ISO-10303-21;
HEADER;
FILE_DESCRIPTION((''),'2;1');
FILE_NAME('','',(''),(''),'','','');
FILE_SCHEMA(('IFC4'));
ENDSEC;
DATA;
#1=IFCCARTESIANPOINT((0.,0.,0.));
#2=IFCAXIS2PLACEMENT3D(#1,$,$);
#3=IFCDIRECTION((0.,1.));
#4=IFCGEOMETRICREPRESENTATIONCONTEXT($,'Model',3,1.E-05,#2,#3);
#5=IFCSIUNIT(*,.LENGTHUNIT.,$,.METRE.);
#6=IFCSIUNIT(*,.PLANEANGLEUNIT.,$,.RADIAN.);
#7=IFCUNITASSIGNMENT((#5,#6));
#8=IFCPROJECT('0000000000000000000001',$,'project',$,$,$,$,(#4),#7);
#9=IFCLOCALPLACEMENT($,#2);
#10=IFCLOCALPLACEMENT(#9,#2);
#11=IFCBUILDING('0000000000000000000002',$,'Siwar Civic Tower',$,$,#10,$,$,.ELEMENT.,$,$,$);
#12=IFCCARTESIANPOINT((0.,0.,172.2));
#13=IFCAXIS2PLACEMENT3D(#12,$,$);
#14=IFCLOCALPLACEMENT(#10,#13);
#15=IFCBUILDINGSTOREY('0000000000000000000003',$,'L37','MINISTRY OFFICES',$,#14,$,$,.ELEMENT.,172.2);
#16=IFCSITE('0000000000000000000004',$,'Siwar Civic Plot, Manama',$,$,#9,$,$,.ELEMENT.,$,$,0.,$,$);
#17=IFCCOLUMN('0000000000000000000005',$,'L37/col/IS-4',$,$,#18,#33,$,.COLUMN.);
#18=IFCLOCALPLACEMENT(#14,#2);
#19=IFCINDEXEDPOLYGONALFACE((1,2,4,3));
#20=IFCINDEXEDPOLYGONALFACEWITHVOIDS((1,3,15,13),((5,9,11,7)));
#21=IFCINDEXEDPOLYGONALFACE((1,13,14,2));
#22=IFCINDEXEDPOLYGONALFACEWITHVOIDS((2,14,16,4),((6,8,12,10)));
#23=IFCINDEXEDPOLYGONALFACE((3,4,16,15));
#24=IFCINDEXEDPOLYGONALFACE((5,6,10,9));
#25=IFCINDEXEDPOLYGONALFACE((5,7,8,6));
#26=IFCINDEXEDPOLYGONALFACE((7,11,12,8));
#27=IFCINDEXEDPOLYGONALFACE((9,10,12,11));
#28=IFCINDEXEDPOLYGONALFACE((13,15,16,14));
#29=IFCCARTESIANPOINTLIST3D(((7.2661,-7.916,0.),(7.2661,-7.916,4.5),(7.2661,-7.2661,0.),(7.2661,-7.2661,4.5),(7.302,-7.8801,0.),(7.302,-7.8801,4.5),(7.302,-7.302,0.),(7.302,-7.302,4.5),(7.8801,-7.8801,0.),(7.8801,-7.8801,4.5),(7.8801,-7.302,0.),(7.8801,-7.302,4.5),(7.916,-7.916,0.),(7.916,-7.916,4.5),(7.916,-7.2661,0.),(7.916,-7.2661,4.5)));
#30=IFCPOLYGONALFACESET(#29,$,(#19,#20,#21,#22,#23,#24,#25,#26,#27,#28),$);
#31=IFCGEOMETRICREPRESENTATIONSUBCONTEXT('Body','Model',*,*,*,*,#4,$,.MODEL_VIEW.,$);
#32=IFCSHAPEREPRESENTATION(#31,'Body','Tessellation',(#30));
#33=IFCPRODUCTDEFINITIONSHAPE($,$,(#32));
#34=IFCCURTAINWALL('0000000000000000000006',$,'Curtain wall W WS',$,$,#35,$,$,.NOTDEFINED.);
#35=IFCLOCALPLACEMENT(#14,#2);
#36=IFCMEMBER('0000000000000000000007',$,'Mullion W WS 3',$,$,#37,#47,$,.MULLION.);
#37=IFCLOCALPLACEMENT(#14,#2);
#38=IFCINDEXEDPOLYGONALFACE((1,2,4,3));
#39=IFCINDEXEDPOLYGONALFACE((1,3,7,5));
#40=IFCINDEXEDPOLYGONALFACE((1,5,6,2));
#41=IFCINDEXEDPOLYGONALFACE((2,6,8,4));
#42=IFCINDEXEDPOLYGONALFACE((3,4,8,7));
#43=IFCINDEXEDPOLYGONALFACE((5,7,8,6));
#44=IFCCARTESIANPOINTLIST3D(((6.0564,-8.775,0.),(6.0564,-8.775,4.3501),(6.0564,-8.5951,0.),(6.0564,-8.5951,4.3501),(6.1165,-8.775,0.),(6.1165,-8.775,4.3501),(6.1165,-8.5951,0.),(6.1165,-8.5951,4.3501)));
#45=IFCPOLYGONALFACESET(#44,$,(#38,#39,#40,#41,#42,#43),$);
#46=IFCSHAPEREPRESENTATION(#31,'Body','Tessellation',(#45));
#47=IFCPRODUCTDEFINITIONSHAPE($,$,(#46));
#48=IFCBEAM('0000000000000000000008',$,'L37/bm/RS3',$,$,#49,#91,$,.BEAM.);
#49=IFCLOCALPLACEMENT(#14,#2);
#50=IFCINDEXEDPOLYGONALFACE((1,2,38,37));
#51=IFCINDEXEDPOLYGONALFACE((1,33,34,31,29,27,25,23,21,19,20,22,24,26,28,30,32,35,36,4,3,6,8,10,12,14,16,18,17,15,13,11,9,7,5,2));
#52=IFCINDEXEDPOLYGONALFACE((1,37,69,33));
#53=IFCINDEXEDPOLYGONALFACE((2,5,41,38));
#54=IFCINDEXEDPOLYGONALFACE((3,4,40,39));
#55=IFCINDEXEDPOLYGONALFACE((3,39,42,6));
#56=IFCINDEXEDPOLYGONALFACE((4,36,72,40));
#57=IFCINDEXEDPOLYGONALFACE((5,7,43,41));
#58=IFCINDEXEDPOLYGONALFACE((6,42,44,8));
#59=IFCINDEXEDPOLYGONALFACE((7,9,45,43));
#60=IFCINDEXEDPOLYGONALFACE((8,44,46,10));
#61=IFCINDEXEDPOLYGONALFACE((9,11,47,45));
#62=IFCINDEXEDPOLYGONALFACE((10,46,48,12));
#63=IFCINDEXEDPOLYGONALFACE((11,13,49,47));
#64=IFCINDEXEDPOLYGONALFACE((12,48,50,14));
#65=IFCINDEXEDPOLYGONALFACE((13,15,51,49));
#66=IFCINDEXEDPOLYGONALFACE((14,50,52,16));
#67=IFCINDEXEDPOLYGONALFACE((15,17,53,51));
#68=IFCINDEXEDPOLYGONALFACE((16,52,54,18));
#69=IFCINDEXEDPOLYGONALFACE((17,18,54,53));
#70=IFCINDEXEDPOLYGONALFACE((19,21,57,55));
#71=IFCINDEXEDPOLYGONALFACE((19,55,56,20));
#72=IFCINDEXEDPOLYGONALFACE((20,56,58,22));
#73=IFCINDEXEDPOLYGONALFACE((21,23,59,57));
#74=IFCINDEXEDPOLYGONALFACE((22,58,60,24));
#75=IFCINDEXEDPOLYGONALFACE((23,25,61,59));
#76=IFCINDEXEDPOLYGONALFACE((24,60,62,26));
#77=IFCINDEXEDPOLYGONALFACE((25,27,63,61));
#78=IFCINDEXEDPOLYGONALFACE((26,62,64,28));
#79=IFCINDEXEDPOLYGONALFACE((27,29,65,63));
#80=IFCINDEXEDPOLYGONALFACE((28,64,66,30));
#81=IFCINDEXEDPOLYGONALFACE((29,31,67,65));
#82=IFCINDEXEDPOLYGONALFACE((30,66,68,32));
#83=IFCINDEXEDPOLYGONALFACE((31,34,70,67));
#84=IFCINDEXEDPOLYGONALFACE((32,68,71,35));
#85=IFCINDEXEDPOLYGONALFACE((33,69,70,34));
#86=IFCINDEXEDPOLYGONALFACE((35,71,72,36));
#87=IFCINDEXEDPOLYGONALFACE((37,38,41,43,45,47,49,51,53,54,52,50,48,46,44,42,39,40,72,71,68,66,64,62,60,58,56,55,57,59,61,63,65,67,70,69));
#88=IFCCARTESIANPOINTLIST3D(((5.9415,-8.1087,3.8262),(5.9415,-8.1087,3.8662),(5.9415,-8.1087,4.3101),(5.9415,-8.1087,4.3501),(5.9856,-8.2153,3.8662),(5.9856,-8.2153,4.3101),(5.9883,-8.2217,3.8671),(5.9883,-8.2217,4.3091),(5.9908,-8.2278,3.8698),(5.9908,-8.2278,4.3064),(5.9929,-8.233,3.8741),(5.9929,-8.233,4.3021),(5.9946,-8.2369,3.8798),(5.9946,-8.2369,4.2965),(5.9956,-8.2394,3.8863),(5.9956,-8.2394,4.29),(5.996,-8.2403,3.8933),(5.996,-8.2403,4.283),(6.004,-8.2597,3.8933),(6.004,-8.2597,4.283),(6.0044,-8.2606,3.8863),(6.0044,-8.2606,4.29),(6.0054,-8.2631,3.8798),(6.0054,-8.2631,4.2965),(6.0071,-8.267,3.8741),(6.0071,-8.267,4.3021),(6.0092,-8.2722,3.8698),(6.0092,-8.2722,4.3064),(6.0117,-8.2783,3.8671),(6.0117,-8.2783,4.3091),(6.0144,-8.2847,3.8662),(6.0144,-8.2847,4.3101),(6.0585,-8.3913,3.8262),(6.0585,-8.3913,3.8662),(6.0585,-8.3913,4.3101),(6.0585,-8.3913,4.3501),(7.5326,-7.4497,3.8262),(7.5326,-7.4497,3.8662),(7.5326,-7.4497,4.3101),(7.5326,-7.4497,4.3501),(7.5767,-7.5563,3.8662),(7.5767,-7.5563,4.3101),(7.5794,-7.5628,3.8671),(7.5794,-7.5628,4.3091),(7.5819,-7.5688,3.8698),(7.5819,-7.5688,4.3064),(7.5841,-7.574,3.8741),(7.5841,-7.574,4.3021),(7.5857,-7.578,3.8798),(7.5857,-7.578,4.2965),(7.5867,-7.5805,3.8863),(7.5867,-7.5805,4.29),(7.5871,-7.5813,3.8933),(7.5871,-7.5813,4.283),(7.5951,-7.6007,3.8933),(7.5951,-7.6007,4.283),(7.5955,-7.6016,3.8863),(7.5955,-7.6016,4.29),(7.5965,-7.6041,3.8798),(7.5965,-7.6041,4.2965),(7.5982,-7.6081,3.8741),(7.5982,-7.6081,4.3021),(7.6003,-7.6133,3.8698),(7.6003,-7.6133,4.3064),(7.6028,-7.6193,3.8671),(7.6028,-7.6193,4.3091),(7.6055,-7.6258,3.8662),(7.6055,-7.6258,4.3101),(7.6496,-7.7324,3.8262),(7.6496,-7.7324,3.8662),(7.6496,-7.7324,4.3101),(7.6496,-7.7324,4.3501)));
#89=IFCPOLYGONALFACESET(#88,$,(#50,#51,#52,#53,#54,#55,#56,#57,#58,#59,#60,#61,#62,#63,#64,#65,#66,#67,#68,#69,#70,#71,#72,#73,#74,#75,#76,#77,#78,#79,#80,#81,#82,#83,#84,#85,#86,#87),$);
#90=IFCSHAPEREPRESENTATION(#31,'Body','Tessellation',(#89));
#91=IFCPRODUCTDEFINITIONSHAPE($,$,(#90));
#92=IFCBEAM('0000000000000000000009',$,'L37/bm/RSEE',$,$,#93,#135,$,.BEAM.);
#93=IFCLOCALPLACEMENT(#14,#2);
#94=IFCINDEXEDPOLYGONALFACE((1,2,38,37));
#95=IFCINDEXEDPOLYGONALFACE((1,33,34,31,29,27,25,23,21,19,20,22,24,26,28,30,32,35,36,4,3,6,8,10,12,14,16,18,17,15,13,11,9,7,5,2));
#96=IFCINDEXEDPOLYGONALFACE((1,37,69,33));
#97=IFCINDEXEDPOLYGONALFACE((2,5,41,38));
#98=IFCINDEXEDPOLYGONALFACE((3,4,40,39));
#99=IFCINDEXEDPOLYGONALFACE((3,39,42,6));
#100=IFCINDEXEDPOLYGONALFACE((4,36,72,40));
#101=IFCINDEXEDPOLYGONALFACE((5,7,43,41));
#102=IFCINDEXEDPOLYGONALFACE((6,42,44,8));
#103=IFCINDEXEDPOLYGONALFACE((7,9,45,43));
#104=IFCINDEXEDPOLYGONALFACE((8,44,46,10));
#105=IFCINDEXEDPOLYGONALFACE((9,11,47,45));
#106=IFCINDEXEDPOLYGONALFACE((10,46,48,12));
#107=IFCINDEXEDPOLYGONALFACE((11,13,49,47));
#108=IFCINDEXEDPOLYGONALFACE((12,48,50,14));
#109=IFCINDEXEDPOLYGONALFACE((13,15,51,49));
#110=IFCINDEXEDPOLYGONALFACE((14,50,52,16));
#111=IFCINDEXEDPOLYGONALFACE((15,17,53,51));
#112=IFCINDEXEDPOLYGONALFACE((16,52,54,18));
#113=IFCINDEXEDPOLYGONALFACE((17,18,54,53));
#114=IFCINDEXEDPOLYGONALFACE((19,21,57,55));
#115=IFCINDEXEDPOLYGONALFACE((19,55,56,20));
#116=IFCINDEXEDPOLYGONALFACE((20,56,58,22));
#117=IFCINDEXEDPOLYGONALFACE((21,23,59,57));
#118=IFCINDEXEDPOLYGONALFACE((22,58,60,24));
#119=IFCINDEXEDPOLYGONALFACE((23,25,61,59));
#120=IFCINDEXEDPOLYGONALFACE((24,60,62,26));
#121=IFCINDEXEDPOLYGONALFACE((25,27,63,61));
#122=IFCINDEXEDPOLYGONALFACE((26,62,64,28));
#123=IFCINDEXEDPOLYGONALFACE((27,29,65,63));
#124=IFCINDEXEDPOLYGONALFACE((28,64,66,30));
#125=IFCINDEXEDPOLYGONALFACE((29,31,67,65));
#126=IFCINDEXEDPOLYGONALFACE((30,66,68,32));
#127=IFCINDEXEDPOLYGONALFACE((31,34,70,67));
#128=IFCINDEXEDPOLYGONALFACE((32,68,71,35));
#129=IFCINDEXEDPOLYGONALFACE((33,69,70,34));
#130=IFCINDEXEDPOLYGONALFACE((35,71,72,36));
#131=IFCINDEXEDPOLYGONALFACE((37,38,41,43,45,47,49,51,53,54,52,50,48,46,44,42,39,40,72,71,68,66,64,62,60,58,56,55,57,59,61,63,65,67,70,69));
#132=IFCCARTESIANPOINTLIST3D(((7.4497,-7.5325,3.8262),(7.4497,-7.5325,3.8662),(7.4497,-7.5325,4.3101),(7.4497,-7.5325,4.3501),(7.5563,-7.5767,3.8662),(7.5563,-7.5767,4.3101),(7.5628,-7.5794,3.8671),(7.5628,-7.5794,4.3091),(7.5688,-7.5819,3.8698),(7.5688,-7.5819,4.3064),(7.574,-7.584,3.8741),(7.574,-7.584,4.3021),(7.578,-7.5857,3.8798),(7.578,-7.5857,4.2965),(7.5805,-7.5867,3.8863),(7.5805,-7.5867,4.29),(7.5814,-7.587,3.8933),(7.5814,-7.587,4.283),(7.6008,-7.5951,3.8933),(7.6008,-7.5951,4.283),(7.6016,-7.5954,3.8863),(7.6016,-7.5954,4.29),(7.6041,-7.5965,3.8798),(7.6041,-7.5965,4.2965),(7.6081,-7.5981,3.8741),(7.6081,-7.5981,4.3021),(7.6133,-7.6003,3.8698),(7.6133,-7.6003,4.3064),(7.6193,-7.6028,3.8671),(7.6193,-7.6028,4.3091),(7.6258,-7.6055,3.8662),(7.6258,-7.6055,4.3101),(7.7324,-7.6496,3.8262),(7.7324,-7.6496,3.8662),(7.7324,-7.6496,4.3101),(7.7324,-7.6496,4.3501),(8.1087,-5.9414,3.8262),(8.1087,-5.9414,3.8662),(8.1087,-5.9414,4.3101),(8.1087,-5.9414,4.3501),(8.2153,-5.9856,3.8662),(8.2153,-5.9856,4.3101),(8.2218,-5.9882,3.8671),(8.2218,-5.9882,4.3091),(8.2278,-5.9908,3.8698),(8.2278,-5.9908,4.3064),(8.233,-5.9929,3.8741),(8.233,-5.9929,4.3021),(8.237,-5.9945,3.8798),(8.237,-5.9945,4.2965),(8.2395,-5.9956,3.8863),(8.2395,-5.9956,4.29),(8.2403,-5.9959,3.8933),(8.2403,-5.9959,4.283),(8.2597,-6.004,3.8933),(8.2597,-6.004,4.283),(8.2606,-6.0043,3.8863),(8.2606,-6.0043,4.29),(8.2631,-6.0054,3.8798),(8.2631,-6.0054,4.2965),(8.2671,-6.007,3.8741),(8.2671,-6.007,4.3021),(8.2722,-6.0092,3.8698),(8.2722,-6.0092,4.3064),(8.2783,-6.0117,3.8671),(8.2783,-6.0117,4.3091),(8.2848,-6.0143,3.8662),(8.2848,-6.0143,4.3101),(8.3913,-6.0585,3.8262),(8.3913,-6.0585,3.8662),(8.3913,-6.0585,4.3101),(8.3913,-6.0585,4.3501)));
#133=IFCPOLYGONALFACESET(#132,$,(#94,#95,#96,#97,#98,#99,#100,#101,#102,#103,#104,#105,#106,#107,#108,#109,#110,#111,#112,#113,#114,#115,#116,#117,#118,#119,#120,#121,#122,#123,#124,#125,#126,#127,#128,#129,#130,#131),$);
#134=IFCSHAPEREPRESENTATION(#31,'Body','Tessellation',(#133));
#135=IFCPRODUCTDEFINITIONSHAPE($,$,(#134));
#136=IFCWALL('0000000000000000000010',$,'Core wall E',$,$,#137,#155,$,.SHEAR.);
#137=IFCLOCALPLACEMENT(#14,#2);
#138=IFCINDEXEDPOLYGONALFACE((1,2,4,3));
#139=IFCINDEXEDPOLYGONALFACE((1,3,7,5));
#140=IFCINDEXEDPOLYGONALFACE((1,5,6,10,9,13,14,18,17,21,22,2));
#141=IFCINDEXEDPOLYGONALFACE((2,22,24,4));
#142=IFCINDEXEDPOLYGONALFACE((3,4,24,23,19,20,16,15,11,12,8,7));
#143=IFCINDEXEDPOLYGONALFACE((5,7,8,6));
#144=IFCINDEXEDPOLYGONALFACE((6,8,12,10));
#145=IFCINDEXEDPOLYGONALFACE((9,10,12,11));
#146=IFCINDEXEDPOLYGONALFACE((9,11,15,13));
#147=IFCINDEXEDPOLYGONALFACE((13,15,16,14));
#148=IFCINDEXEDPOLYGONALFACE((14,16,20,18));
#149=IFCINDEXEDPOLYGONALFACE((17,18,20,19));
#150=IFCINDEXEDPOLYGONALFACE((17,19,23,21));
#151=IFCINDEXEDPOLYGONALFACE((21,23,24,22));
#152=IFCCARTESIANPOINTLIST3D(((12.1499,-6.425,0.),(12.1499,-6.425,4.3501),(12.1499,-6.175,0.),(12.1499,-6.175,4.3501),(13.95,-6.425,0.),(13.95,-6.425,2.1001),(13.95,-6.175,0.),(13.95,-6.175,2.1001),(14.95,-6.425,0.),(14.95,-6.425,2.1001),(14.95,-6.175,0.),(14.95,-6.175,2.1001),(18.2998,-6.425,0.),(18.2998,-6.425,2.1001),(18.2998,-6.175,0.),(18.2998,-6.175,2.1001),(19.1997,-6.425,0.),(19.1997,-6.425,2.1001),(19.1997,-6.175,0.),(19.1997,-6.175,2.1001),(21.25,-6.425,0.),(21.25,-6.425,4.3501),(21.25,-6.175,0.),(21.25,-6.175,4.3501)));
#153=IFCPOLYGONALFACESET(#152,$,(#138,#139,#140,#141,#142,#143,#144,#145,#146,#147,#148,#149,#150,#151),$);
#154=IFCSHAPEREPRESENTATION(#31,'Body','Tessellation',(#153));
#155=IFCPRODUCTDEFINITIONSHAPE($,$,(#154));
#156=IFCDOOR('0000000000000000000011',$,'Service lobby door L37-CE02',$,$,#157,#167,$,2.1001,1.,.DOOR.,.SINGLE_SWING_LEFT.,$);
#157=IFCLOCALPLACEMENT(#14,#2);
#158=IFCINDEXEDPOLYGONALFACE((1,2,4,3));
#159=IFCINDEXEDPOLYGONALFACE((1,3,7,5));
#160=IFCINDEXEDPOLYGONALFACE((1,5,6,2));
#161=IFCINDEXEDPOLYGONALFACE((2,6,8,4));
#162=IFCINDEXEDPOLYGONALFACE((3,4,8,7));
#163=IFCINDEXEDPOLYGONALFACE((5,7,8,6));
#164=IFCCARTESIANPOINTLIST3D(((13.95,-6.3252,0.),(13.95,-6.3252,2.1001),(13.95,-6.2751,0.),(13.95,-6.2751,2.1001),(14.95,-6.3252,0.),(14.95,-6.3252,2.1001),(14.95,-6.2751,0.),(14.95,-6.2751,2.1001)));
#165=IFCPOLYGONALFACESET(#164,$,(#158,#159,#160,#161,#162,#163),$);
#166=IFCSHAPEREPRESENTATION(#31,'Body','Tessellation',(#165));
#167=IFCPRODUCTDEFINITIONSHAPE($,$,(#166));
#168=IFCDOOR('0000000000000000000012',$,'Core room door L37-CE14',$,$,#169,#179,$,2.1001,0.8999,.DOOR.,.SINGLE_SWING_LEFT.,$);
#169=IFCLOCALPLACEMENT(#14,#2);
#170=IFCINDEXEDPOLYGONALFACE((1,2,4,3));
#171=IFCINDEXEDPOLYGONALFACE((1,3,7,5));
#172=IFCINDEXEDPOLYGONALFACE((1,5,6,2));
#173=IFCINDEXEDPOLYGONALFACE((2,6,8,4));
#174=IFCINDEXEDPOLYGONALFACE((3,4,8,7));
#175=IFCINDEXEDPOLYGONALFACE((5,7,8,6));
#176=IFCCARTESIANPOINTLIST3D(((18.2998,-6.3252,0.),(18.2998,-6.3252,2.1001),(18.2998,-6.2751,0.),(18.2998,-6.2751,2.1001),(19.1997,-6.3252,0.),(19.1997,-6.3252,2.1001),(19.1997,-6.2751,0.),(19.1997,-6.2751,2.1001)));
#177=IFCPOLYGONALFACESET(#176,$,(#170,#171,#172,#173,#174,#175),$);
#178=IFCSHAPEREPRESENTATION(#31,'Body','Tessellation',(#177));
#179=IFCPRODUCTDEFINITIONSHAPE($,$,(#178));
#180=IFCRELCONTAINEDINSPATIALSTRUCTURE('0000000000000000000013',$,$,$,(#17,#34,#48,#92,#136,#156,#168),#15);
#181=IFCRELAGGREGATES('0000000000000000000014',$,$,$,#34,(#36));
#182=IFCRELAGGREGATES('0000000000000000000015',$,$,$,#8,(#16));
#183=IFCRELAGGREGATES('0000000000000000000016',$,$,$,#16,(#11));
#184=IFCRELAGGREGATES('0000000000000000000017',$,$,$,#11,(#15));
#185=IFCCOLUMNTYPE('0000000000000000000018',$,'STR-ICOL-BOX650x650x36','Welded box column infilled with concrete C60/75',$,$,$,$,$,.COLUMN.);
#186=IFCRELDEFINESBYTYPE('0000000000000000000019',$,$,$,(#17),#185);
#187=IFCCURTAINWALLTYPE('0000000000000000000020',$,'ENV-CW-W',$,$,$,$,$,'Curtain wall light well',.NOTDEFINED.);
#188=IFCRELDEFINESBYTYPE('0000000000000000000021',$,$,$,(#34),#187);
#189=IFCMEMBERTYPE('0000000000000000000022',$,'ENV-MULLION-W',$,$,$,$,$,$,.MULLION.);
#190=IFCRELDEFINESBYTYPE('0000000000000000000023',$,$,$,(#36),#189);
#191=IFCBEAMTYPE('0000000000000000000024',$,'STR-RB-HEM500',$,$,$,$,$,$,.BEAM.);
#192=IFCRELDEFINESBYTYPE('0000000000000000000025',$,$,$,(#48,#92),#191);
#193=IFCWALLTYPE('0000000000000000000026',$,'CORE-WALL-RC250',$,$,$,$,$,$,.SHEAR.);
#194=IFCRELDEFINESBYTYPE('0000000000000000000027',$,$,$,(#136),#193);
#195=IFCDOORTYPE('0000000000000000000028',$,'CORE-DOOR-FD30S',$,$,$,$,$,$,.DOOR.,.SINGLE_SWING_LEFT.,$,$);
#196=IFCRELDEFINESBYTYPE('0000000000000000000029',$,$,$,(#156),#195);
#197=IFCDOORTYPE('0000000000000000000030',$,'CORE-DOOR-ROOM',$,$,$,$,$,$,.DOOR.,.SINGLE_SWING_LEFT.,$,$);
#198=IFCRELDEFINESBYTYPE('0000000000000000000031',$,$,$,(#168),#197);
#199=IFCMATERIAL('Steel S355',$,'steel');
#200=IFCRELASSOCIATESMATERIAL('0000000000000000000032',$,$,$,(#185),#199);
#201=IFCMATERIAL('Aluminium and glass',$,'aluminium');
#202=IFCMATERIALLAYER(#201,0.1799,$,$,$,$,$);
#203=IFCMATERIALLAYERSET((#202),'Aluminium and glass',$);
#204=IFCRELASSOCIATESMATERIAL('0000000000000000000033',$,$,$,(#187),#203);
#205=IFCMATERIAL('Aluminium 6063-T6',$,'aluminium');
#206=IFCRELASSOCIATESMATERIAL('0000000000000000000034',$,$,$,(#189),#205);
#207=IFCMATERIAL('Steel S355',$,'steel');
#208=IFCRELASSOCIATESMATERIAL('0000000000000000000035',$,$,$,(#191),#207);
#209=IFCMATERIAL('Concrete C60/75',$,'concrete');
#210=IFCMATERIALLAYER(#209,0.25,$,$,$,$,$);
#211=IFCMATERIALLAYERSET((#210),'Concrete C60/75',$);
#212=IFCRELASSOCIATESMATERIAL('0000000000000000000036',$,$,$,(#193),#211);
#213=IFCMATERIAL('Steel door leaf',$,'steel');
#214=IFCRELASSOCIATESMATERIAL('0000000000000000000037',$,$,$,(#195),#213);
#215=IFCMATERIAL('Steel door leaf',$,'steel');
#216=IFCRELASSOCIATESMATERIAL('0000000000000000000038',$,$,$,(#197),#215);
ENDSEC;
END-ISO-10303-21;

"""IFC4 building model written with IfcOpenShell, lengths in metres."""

from ifc_helpers import new_model, si_unit, direction, frame, frame_2d, origin, origin_2d, place, context, subcontext, project, spatial, rectangle, hollow_rectangle, i_section, extrude, material, layer, layer_set, material_profile, profile_set, type_object, element, fill, aggregate, save


model = new_model("IFC4")

# Units and contexts
model_context = context("Model", 3, precision=1e-05, world=origin(), true_north=direction((0.0, 1.0)))
body_context = subcontext(model_context, "Body", "Model", "MODEL_VIEW")
ifc_project = project(units=[si_unit("LENGTHUNIT", "METRE"), si_unit("PLANEANGLEUNIT", "RADIAN")], contexts=[model_context])

# Site, building, storey
site_placement = place(None, origin())
site = spatial("IfcSite", under=ifc_project, at=site_placement, Name="Siwar Civic Plot, Manama", CompositionType="ELEMENT", RefElevation=0.0)
building_placement = place(site_placement, origin())
building = spatial("IfcBuilding", under=site, at=building_placement, Name="Siwar Civic Tower", CompositionType="ELEMENT")
storey_placement = place(building_placement, frame((0.0, 0.0, 172.2)))
storey = spatial("IfcBuildingStorey", under=building, at=storey_placement, Name="L37", Description="MINISTRY OFFICES", CompositionType="ELEMENT", Elevation=172.2)

# Column
ifc_material_1 = material(Name="Steel S355", Category="steel")
ifc_material_profile_1 = material_profile(ifc_material_1, hollow_rectangle(XDim=0.6499, YDim=0.6499, WallThickness=0.0359, at=origin_2d()), Name="BOX650x650x36")
ifc_profile_set_1 = profile_set([ifc_material_profile_1], Name="Steel S355")
column_type = type_object("IfcColumnType", Name="STR-ICOL-BOX650x650x36", Description="Welded box column infilled with concrete C60/75", PredefinedType="COLUMN", material=ifc_profile_set_1)
column_placement = place(storey_placement, frame((7.5911, -7.5911, 0.0), z_axis=(0.0, 0.0, 1.0), x_axis=(1.0, 0.0, 0.0)))
element("IfcColumn", 1, at=column_placement, inside=storey, type_object=column_type, Name="L37/col/IS-4", PredefinedType="COLUMN", context=body_context, shape_type="SweptSolid", body=[
    extrude(hollow_rectangle(XDim=0.6499, YDim=0.6499, WallThickness=0.0359, at=origin_2d()), origin(), (0.0, 0.0, 1.0), 4.5),
])

# Curtain wall, member
ifc_material_2 = material(Name="Aluminium and glass", Category="aluminium")
ifc_layer_1 = layer(ifc_material_2, 0.1799)
ifc_layer_set_1 = layer_set([ifc_layer_1], Name="Aluminium and glass")
curtain_wall_type = type_object("IfcCurtainWallType", Name="ENV-CW-W", ElementType="Curtain wall light well", PredefinedType="NOTDEFINED", material=ifc_layer_set_1)
curtain_wall_placement = place(storey_placement, origin())
curtain_wall = element("IfcCurtainWall", 2, at=curtain_wall_placement, inside=storey, type_object=curtain_wall_type, Name="Curtain wall W WS", PredefinedType="NOTDEFINED")
ifc_material_3 = material(Name="Aluminium 6063-T6", Category="aluminium")
ifc_material_profile_2 = material_profile(ifc_material_3, rectangle(XDim=0.1799, YDim=0.0601, at=origin_2d()), Name="AL 180x60")
ifc_profile_set_2 = profile_set([ifc_material_profile_2], Name="Aluminium 6063-T6")
member_type = type_object("IfcMemberType", Name="ENV-MULLION-W", PredefinedType="MULLION", material=ifc_profile_set_2)
member_placement = place(storey_placement, frame((6.0864, -8.6851, 0.0), z_axis=(0.0, 0.0, 1.0), x_axis=(0.0, 1.0, 0.0)))
member = element("IfcMember", 3, at=member_placement, type_object=member_type, Name="Mullion W WS 3", PredefinedType="MULLION", context=body_context, shape_type="SweptSolid", body=[
    extrude(rectangle(XDim=0.1799, YDim=0.0601, at=origin_2d()), origin(), (0.0, 0.0, 1.0), 4.3501),
])
aggregate(curtain_wall, [member])

# Beams
ifc_material_4 = material(Name="Steel S355", Category="steel")
ifc_material_profile_3 = material_profile(ifc_material_4, i_section(OverallWidth=0.3059, OverallDepth=0.5239, WebThickness=0.021, FlangeThickness=0.04, FilletRadius=0.0271, at=origin_2d()), Name="HEM500")
ifc_profile_set_3 = profile_set([ifc_material_profile_3], Name="Steel S355")
beam_type = type_object("IfcBeamType", Name="STR-RB-HEM500", PredefinedType="BEAM", material=ifc_profile_set_3)
for number, where, z_axis, x_axis, name in (
    (4, (6.0, -8.25, 4.0881), (0.923901, 0.382631, 0.0), (-0.382631, 0.923901, 0.0), "L37/bm/RS3"),
    (5, (7.5911, -7.5911, 4.0881), (0.382631, 0.923901, 0.0), (-0.923901, 0.382631, 0.0), "L37/bm/RSEE"),
):
    element("IfcBeam", number, at=place(storey_placement, frame(where, z_axis=z_axis, x_axis=x_axis)), inside=storey, type_object=beam_type, Name=name, PredefinedType="BEAM", context=body_context, shape_type="SweptSolid", body=[
        extrude(i_section(OverallWidth=0.3059, OverallDepth=0.5239, WebThickness=0.021, FlangeThickness=0.04, FilletRadius=0.0271, at=origin_2d()), origin(), (0.0, 0.0, 1.0), 1.7222),
    ])

# Wall, openings, doors
ifc_material_5 = material(Name="Concrete C60/75", Category="concrete")
ifc_layer_2 = layer(ifc_material_5, 0.25)
ifc_layer_set_2 = layer_set([ifc_layer_2], Name="Concrete C60/75")
wall_type_1 = type_object("IfcWallType", Name="CORE-WALL-RC250", PredefinedType="SHEAR", material=ifc_layer_set_2)
wall_1_placement = place(storey_placement, frame((12.1499, -6.3, 0.0), z_axis=(0.0, 0.0, 1.0), x_axis=(1.0, 0.0, 0.0)))
wall_1 = element("IfcWall", 6, at=wall_1_placement, inside=storey, type_object=wall_type_1, Name="Core wall E", PredefinedType="SHEAR", context=body_context, shape_type="SweptSolid", body=[
    extrude(rectangle(XDim=9.1001, YDim=0.25, at=frame_2d((4.55, 0.0))), origin(), (0.0, 0.0, 1.0), 4.3501),
])
opening_1_placement = place(wall_1_placement, frame((1.8, 0.0, 0.0)))
opening_1 = element("IfcOpeningElement", 7, at=opening_1_placement, cuts=wall_1, PredefinedType="OPENING", context=body_context, shape_type="SweptSolid", body=[
    extrude(rectangle(XDim=1.0, YDim=2.1001, at=frame_2d((0.5, 1.05))), frame((0.0, 0.135, 0.0), z_axis=(0.0, -1.0, 0.0), x_axis=(1.0, 0.0, 0.0)), (0.0, 0.0, 1.0), 0.27),
])
opening_2_placement = place(wall_1_placement, frame((6.1499, 0.0, 0.0)))
opening_2 = element("IfcOpeningElement", 8, at=opening_2_placement, cuts=wall_1, PredefinedType="OPENING", context=body_context, shape_type="SweptSolid", body=[
    extrude(rectangle(XDim=0.8999, YDim=2.1001, at=frame_2d((0.45, 1.05))), frame((0.0, 0.135, 0.0), z_axis=(0.0, -1.0, 0.0), x_axis=(1.0, 0.0, 0.0)), (0.0, 0.0, 1.0), 0.27),
])
ifc_material_6 = material(Name="Steel door leaf", Category="steel")
door_type_1 = type_object("IfcDoorType", Name="CORE-DOOR-FD30S", OperationType="SINGLE_SWING_LEFT", PredefinedType="DOOR", material=ifc_material_6)
door_1_placement = place(opening_1_placement, origin())
door_1 = element("IfcDoor", 9, at=door_1_placement, inside=storey, type_object=door_type_1, Name="Service lobby door L37-CE02", OperationType="SINGLE_SWING_LEFT", OverallHeight=2.1001, OverallWidth=1.0, PredefinedType="DOOR", context=body_context, shape_type="SweptSolid", body=[
    extrude(rectangle(XDim=1.0, YDim=2.1001, at=frame_2d((0.5, 1.05))), frame((0.0, 0.0249, 0.0), z_axis=(0.0, -1.0, 0.0), x_axis=(1.0, 0.0, 0.0)), (0.0, 0.0, 1.0), 0.05),
])
fill(opening_1, door_1)
ifc_material_7 = material(Name="Steel door leaf", Category="steel")
door_type_2 = type_object("IfcDoorType", Name="CORE-DOOR-ROOM", OperationType="SINGLE_SWING_LEFT", PredefinedType="DOOR", material=ifc_material_7)
door_2_placement = place(opening_2_placement, origin())
door_2 = element("IfcDoor", 10, at=door_2_placement, inside=storey, type_object=door_type_2, Name="Core room door L37-CE14", OperationType="SINGLE_SWING_LEFT", OverallHeight=2.1001, OverallWidth=0.8999, PredefinedType="DOOR", context=body_context, shape_type="SweptSolid", body=[
    extrude(rectangle(XDim=0.8999, YDim=2.1001, at=frame_2d((0.45, 1.05))), frame((0.0, 0.0249, 0.0), z_axis=(0.0, -1.0, 0.0), x_axis=(1.0, 0.0, 0.0)), (0.0, 0.0, 1.0), 0.05),
])
fill(opening_2, door_2)

save(model, "model.ifc")
